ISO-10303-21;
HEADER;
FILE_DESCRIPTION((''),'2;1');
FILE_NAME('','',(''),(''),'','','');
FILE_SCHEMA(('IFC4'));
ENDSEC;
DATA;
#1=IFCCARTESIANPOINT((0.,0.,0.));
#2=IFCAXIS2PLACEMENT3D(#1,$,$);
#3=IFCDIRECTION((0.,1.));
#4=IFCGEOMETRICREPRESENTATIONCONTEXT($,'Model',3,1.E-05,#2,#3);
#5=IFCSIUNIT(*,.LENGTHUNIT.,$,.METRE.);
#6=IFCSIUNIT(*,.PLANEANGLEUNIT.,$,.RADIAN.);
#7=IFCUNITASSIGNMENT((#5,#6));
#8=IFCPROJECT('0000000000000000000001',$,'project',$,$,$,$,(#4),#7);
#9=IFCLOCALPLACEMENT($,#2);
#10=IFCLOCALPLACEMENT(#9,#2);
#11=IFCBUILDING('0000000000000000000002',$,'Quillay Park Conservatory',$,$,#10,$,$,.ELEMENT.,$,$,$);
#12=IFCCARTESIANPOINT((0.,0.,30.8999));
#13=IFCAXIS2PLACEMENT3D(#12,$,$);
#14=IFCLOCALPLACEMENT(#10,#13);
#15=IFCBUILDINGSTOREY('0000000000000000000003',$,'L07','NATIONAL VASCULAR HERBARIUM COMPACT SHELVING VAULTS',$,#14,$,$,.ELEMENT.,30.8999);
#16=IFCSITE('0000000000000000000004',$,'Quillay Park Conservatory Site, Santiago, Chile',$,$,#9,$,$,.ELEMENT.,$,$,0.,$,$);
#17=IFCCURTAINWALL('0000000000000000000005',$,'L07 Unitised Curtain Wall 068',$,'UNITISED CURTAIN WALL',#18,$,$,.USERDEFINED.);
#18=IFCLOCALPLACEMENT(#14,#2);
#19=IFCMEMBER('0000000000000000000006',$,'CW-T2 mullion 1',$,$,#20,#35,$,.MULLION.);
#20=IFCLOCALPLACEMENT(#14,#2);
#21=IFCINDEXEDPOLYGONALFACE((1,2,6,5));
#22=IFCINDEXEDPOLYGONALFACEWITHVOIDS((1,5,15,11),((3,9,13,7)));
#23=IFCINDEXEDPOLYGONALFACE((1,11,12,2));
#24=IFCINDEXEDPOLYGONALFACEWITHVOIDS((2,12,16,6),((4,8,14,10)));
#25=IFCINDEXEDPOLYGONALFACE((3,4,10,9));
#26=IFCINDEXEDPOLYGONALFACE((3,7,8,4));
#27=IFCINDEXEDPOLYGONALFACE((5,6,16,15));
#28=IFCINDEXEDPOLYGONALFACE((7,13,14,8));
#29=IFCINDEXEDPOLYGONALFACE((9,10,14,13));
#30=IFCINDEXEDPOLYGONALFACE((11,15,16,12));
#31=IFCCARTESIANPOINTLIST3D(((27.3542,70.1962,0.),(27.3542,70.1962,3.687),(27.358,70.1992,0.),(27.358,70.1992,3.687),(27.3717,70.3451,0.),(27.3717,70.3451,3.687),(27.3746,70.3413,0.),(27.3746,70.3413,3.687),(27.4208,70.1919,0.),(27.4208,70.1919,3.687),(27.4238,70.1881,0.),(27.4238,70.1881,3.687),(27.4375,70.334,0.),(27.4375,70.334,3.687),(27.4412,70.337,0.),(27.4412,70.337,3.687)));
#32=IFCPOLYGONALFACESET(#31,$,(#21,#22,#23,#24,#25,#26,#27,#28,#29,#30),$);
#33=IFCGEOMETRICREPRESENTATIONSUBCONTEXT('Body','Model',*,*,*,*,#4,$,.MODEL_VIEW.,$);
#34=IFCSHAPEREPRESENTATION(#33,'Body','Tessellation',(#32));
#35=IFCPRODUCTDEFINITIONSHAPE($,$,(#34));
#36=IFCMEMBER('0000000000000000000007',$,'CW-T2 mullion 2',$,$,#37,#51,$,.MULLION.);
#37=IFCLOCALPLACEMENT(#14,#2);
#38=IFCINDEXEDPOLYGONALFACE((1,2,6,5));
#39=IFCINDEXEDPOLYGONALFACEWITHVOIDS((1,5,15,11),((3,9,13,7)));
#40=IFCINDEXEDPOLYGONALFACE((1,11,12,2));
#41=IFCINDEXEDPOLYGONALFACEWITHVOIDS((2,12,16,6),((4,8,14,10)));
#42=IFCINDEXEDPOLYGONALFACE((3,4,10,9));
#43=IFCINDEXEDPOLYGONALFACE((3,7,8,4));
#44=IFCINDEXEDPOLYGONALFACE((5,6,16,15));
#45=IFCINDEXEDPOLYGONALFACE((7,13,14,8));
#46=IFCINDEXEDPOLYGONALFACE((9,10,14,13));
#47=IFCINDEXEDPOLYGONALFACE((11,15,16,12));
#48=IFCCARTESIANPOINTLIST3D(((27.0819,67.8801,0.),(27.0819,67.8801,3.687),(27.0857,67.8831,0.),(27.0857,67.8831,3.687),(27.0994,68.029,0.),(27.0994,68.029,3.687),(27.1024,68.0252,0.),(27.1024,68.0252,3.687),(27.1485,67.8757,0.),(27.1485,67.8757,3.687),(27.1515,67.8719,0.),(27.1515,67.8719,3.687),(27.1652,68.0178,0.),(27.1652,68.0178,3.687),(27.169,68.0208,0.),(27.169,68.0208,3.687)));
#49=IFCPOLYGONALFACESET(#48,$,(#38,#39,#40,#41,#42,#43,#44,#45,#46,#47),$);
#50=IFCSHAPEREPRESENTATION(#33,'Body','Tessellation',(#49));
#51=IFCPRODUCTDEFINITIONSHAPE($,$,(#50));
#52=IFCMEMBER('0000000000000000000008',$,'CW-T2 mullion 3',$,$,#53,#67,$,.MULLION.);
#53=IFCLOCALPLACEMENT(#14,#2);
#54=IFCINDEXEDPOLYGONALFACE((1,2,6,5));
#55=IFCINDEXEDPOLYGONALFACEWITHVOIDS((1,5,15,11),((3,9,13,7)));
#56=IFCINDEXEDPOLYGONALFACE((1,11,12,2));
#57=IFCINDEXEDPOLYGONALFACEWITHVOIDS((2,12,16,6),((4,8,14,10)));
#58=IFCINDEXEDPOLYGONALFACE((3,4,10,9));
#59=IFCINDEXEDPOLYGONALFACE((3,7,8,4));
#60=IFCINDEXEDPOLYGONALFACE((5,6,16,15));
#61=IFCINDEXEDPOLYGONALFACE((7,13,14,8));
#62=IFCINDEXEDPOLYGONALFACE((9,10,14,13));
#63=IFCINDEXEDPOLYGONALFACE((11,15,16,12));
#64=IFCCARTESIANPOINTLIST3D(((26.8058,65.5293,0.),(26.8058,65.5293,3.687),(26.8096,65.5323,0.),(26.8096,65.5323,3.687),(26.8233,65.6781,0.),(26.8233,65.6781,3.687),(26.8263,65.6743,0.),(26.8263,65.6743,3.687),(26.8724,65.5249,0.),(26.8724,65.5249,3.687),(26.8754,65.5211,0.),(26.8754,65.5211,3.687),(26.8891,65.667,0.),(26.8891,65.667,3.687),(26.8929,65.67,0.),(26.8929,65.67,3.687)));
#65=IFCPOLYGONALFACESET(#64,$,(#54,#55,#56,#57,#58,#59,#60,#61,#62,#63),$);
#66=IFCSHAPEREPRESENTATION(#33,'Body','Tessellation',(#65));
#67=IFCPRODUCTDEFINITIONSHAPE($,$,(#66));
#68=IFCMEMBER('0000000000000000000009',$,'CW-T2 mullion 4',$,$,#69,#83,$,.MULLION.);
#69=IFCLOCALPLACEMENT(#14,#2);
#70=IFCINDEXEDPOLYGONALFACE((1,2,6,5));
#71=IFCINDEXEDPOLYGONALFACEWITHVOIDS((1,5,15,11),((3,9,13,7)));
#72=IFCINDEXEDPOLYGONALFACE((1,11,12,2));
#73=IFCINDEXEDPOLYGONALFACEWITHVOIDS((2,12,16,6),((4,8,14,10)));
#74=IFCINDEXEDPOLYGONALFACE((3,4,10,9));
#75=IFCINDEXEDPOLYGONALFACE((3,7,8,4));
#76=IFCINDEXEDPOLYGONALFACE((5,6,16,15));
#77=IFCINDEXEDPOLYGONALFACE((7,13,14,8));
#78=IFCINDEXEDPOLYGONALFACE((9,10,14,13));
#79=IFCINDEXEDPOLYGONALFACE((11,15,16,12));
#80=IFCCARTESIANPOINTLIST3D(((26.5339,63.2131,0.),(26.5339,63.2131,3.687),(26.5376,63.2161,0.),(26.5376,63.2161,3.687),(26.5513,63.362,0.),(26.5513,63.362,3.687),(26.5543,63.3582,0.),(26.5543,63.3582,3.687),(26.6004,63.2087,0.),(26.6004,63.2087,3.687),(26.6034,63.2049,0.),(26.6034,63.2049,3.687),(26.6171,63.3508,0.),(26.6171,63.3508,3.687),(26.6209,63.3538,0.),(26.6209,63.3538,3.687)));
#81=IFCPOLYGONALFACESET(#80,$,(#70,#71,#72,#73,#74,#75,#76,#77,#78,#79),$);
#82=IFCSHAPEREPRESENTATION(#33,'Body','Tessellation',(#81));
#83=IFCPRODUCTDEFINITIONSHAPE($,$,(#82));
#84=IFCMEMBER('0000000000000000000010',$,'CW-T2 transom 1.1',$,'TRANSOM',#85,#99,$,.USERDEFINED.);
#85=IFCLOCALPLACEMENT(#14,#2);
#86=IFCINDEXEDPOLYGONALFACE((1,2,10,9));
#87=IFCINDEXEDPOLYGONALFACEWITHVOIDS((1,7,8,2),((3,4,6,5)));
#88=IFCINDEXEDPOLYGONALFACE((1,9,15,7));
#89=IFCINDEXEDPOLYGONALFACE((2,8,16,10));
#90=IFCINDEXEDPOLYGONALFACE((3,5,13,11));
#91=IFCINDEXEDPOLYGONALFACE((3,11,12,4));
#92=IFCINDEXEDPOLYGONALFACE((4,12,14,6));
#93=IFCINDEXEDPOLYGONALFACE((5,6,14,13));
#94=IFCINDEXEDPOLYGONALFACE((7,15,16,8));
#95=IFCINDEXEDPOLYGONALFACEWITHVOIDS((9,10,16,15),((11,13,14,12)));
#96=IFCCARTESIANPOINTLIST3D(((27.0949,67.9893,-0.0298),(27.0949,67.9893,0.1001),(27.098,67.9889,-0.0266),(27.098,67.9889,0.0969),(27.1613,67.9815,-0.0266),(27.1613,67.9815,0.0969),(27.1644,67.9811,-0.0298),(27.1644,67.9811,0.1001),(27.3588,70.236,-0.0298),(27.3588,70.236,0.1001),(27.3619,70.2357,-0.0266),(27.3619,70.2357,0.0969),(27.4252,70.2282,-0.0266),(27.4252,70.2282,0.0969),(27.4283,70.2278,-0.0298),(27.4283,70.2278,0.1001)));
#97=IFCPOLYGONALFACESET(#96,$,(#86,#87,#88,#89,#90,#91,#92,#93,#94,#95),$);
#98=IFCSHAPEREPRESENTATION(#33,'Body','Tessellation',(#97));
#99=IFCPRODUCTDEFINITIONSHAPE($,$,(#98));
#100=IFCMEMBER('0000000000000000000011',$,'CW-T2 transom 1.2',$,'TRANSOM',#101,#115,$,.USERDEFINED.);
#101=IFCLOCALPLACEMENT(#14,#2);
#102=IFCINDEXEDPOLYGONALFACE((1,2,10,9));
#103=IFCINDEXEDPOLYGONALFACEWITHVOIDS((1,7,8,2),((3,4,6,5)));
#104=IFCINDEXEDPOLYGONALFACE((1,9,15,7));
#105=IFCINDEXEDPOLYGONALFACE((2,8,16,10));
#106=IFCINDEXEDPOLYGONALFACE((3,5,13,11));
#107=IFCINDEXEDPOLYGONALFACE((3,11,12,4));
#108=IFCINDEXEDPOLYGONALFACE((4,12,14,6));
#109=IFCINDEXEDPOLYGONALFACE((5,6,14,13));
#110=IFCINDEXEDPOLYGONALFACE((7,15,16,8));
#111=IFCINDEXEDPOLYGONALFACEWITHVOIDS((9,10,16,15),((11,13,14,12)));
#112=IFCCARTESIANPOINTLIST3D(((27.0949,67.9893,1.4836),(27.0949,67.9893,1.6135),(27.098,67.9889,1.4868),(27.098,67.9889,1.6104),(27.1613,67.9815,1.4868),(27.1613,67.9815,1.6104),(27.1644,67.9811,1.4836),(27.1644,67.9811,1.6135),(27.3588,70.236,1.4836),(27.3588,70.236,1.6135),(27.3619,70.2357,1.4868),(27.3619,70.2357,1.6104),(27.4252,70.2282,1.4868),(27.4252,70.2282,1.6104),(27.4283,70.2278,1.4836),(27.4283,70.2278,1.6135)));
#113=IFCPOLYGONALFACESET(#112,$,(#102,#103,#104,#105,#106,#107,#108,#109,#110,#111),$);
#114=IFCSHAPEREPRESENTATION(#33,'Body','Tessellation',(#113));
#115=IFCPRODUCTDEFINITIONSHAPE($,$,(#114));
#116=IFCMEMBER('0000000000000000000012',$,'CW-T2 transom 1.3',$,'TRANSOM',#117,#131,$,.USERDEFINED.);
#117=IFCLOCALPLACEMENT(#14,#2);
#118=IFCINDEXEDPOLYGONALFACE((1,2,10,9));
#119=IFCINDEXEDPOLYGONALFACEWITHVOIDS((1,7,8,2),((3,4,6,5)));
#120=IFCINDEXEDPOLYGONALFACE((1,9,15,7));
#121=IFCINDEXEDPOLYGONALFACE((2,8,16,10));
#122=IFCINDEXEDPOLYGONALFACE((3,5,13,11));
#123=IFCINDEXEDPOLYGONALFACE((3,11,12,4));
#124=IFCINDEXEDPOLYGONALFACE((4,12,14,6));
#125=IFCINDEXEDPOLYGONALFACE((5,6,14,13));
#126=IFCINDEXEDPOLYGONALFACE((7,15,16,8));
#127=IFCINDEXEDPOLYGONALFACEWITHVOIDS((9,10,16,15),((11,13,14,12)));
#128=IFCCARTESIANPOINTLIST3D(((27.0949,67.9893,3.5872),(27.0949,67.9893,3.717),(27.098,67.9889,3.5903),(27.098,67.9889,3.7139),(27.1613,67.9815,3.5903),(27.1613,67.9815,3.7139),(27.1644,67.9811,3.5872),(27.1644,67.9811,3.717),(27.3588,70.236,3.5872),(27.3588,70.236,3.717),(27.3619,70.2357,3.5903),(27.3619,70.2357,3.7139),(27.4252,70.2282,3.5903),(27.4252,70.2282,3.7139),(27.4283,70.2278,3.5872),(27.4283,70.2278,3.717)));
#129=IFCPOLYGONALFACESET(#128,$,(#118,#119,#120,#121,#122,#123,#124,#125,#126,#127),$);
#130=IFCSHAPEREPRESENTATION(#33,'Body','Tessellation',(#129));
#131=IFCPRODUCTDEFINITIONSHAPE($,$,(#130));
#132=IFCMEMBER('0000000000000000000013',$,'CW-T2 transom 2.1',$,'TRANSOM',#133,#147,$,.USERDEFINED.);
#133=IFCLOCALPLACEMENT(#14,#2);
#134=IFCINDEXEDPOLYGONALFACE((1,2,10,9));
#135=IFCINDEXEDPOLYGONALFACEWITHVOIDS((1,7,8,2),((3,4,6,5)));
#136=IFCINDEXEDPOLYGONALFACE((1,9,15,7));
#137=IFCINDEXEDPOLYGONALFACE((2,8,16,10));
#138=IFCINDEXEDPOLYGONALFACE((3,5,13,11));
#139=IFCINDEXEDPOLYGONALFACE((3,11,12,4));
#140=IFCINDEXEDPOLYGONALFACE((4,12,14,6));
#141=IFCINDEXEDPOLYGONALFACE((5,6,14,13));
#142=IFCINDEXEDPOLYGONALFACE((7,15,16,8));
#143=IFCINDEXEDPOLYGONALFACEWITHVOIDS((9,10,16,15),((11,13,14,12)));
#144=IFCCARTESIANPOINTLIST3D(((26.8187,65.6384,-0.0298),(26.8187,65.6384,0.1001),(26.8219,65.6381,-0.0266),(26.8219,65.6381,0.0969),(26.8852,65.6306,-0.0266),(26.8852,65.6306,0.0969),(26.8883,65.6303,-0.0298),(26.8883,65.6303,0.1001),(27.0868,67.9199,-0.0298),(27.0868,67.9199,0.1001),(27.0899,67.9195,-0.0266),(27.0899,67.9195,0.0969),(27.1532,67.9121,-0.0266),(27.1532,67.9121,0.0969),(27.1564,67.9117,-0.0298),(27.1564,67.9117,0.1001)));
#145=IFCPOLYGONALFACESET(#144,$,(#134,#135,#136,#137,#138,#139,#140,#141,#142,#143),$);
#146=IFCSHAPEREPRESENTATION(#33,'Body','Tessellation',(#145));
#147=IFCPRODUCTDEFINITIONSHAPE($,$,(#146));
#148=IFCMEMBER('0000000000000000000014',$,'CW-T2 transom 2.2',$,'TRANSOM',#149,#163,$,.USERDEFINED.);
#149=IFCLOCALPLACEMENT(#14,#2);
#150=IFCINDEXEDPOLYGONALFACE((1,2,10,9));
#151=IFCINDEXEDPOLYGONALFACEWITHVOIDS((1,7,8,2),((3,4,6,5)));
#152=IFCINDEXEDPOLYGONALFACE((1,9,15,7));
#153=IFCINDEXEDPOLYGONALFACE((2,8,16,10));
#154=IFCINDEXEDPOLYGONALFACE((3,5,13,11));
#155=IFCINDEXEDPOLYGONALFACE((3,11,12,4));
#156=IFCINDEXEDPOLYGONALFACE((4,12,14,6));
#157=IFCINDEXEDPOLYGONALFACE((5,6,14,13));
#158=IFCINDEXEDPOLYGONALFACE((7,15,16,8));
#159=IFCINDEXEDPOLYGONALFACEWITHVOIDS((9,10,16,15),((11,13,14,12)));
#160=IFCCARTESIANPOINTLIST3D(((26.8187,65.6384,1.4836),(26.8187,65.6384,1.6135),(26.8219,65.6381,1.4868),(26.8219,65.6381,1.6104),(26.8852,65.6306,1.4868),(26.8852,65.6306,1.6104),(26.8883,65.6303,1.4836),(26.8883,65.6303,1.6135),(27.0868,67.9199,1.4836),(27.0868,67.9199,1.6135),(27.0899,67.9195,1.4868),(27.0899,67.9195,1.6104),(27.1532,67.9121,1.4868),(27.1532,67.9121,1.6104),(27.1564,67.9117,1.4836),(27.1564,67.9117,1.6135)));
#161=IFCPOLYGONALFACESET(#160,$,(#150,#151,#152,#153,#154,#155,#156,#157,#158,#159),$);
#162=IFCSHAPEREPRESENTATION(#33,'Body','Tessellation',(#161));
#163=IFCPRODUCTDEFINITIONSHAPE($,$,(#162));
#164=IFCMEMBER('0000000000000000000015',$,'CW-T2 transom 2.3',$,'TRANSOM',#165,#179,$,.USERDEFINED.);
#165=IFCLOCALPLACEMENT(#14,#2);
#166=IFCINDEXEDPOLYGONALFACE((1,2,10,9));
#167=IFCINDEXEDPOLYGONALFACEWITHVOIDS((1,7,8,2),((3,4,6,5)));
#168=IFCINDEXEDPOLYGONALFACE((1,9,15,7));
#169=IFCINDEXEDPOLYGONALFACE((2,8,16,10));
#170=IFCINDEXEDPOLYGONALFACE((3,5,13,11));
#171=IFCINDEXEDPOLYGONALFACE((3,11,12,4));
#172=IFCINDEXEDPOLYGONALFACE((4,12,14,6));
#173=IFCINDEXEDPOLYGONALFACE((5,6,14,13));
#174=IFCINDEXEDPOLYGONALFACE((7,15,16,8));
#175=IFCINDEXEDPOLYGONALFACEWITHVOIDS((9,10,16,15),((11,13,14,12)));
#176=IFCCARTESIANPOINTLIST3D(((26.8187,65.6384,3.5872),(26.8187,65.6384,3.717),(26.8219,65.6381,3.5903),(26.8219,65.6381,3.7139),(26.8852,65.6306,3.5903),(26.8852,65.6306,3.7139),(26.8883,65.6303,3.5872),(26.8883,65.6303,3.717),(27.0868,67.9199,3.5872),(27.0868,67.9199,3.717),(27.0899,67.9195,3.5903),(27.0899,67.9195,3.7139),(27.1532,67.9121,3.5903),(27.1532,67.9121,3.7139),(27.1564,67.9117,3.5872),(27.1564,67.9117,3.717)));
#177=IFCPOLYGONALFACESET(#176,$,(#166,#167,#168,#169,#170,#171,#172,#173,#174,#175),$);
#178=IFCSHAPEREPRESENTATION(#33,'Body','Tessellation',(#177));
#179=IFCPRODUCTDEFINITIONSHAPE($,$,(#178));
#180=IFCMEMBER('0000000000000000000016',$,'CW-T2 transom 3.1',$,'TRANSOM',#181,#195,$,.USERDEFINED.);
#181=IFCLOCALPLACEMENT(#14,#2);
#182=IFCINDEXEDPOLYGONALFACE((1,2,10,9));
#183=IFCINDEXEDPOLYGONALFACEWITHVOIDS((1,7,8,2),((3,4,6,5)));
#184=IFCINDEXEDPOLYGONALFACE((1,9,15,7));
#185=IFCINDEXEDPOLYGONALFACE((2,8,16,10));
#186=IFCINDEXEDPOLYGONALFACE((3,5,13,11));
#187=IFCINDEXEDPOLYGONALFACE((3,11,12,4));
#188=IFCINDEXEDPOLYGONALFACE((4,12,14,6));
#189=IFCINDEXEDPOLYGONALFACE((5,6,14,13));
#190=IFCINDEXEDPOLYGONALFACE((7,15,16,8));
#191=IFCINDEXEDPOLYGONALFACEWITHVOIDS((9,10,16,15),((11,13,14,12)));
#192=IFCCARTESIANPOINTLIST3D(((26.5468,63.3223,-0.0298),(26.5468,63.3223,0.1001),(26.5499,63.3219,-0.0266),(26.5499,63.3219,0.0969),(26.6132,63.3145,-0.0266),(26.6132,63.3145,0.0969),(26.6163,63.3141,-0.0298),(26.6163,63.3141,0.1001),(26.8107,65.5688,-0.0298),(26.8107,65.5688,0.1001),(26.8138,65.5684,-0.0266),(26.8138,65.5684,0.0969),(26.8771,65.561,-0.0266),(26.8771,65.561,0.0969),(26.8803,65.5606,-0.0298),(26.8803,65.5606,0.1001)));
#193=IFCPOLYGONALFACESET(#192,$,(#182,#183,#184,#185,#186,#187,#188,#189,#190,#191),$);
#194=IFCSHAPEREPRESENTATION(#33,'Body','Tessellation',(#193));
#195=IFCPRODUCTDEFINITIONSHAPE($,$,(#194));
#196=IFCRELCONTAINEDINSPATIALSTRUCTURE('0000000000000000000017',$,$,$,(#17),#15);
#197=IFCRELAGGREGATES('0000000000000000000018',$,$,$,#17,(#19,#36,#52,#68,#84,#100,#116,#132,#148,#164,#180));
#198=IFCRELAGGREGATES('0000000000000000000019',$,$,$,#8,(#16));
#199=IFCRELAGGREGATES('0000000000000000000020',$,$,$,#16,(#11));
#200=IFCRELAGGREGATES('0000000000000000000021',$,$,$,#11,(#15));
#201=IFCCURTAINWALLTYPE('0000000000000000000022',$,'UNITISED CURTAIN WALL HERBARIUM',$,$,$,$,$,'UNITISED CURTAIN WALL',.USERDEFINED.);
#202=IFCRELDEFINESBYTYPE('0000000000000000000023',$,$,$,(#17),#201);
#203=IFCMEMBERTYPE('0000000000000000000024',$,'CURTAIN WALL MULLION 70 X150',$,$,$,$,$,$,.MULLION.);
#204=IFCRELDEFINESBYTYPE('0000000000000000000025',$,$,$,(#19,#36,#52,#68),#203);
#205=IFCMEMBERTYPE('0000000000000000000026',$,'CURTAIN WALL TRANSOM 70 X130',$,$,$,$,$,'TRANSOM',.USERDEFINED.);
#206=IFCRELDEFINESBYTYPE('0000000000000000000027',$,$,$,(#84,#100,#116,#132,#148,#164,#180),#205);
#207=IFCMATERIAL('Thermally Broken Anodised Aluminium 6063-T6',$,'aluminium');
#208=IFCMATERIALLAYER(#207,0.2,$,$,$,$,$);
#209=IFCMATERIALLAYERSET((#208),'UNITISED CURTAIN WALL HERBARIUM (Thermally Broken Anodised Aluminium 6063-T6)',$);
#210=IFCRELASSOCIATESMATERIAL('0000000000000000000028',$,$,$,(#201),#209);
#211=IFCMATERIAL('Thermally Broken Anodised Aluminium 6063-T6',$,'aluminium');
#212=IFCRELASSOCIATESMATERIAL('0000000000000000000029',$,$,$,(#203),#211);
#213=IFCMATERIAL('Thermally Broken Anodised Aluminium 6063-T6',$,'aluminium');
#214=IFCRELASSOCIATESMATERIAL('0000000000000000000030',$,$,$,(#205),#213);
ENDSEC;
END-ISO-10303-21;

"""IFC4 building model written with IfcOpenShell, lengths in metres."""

from ifc_helpers import new_model, si_unit, direction, frame, origin, origin_2d, place, context, subcontext, project, spatial, hollow_rectangle, extrude, material, layer, layer_set, material_profile, profile_set, type_object, element, aggregate, save


model = new_model("IFC4")

# Units and contexts
model_context = context("Model", 3, precision=1e-05, world=origin(), true_north=direction((0.0, 1.0)))
body_context = subcontext(model_context, "Body", "Model", "MODEL_VIEW")
ifc_project = project(units=[si_unit("LENGTHUNIT", "METRE"), si_unit("PLANEANGLEUNIT", "RADIAN")], contexts=[model_context])

# Site, building, storey
site_placement = place(None, origin())
site = spatial("IfcSite", under=ifc_project, at=site_placement, Name="Quillay Park Conservatory Site, Santiago, Chile", CompositionType="ELEMENT", RefElevation=0.0)
building_placement = place(site_placement, origin())
building = spatial("IfcBuilding", under=site, at=building_placement, Name="Quillay Park Conservatory", CompositionType="ELEMENT")
storey_placement = place(building_placement, frame((0.0, 0.0, 30.8999)))
storey = spatial("IfcBuildingStorey", under=building, at=storey_placement, Name="L07", Description="NATIONAL VASCULAR HERBARIUM COMPACT SHELVING VAULTS", CompositionType="ELEMENT", Elevation=30.8999)

# Curtain wall, members
ifc_material_1 = material(Name="Thermally Broken Anodised Aluminium 6063-T6", Category="aluminium")
ifc_layer_1 = layer(ifc_material_1, 0.2)
ifc_layer_set_1 = layer_set([ifc_layer_1], Name="UNITISED CURTAIN WALL HERBARIUM (Thermally Broken Anodised Aluminium 6063-T6)")
curtain_wall_type = type_object("IfcCurtainWallType", Name="UNITISED CURTAIN WALL HERBARIUM", ElementType="UNITISED CURTAIN WALL", PredefinedType="USERDEFINED", material=ifc_layer_set_1)
curtain_wall_placement = place(storey_placement, origin())
curtain_wall = element("IfcCurtainWall", 1, at=curtain_wall_placement, inside=storey, type_object=curtain_wall_type, Name="L07 Unitised Curtain Wall 068", ObjectType="UNITISED CURTAIN WALL", PredefinedType="USERDEFINED")
ifc_material_2 = material(Name="Thermally Broken Anodised Aluminium 6063-T6", Category="aluminium")
ifc_material_profile_1 = material_profile(ifc_material_2, hollow_rectangle(XDim=0.0701, YDim=0.1499, WallThickness=0.0034, at=origin_2d()), Name="AL70x150x3.5")
ifc_profile_set_1 = profile_set([ifc_material_profile_1], Name="Thermally Broken Anodised Aluminium 6063-T6")
member_type_1 = type_object("IfcMemberType", Name="CURTAIN WALL MULLION 70 X150", PredefinedType="MULLION", material=ifc_profile_set_1)
member_1_placement = place(storey_placement, frame((27.3977, 70.2666, 0.0), z_axis=(0.0, 0.0, 1.0), x_axis=(0.993173, -0.116655, 0.0)))
member_1 = element("IfcMember", 2, at=member_1_placement, type_object=member_type_1, Name="CW-T2 mullion 1", PredefinedType="MULLION", context=body_context, shape_type="SweptSolid", body=[
    extrude(hollow_rectangle(XDim=0.0701, YDim=0.1499, WallThickness=0.0034, at=origin_2d()), origin(), (0.0, 0.0, 1.0), 3.687),
])
member_2_placement = place(storey_placement, frame((27.1255, 67.9504, 0.0), z_axis=(0.0, 0.0, 1.0), x_axis=(0.993173, -0.116655, 0.0)))
member_2 = element("IfcMember", 3, at=member_2_placement, type_object=member_type_1, Name="CW-T2 mullion 2", PredefinedType="MULLION", context=body_context, shape_type="SweptSolid", body=[
    extrude(hollow_rectangle(XDim=0.0701, YDim=0.1499, WallThickness=0.0034, at=origin_2d()), origin(), (0.0, 0.0, 1.0), 3.687),
])
member_3_placement = place(storey_placement, frame((26.8494, 65.5996, 0.0), z_axis=(0.0, 0.0, 1.0), x_axis=(0.993173, -0.116655, 0.0)))
member_3 = element("IfcMember", 4, at=member_3_placement, type_object=member_type_1, Name="CW-T2 mullion 3", PredefinedType="MULLION", context=body_context, shape_type="SweptSolid", body=[
    extrude(hollow_rectangle(XDim=0.0701, YDim=0.1499, WallThickness=0.0034, at=origin_2d()), origin(), (0.0, 0.0, 1.0), 3.687),
])
member_4_placement = place(storey_placement, frame((26.5774, 63.2834, 0.0), z_axis=(0.0, 0.0, 1.0), x_axis=(0.993173, -0.116655, 0.0)))
member_4 = element("IfcMember", 5, at=member_4_placement, type_object=member_type_1, Name="CW-T2 mullion 4", PredefinedType="MULLION", context=body_context, shape_type="SweptSolid", body=[
    extrude(hollow_rectangle(XDim=0.0701, YDim=0.1499, WallThickness=0.0034, at=origin_2d()), origin(), (0.0, 0.0, 1.0), 3.687),
])
ifc_material_3 = material(Name="Thermally Broken Anodised Aluminium 6063-T6", Category="aluminium")
ifc_material_profile_2 = material_profile(ifc_material_3, hollow_rectangle(XDim=0.0701, YDim=0.1299, WallThickness=0.0032, at=origin_2d()), Name="AL70x130x3.2")
ifc_profile_set_2 = profile_set([ifc_material_profile_2], Name="Thermally Broken Anodised Aluminium 6063-T6")
member_type_2 = type_object("IfcMemberType", Name="CURTAIN WALL TRANSOM 70 X130", ElementType="TRANSOM", PredefinedType="USERDEFINED", material=ifc_profile_set_2)
member_5_placement = place(storey_placement, frame((27.3936, 70.2319, 0.0352), z_axis=(-0.11666, -0.993172, 0.0), x_axis=(0.993172, -0.11666, 0.0)))
member_5 = element("IfcMember", 6, at=member_5_placement, type_object=member_type_2, Name="CW-T2 transom 1.1", ObjectType="TRANSOM", PredefinedType="USERDEFINED", context=body_context, shape_type="SweptSolid", body=[
    extrude(hollow_rectangle(XDim=0.0701, YDim=0.1299, WallThickness=0.0032, at=origin_2d()), origin(), (0.0, 0.0, 1.0), 2.2622),
])
member_6_placement = place(storey_placement, frame((27.3936, 70.2319, 1.5486), z_axis=(-0.11666, -0.993172, 0.0), x_axis=(0.993172, -0.11666, 0.0)))
member_6 = element("IfcMember", 7, at=member_6_placement, type_object=member_type_2, Name="CW-T2 transom 1.2", ObjectType="TRANSOM", PredefinedType="USERDEFINED", context=body_context, shape_type="SweptSolid", body=[
    extrude(hollow_rectangle(XDim=0.0701, YDim=0.1299, WallThickness=0.0032, at=origin_2d()), origin(), (0.0, 0.0, 1.0), 2.2622),
])
member_7_placement = place(storey_placement, frame((27.3936, 70.2319, 3.6521), z_axis=(-0.11666, -0.993172, 0.0), x_axis=(0.993172, -0.11666, 0.0)))
member_7 = element("IfcMember", 8, at=member_7_placement, type_object=member_type_2, Name="CW-T2 transom 1.3", ObjectType="TRANSOM", PredefinedType="USERDEFINED", context=body_context, shape_type="SweptSolid", body=[
    extrude(hollow_rectangle(XDim=0.0701, YDim=0.1299, WallThickness=0.0032, at=origin_2d()), origin(), (0.0, 0.0, 1.0), 2.2622),
])
member_8_placement = place(storey_placement, frame((27.1216, 67.9158, 0.0352), z_axis=(-0.116693, -0.993168, 0.0), x_axis=(0.993168, -0.116693, 0.0)))
member_8 = element("IfcMember", 9, at=member_8_placement, type_object=member_type_2, Name="CW-T2 transom 2.1", ObjectType="TRANSOM", PredefinedType="USERDEFINED", context=body_context, shape_type="SweptSolid", body=[
    extrude(hollow_rectangle(XDim=0.0701, YDim=0.1299, WallThickness=0.0032, at=origin_2d()), origin(), (0.0, 0.0, 1.0), 2.2971),
])
member_9_placement = place(storey_placement, frame((27.1216, 67.9158, 1.5486), z_axis=(-0.116693, -0.993168, 0.0), x_axis=(0.993168, -0.116693, 0.0)))
member_9 = element("IfcMember", 10, at=member_9_placement, type_object=member_type_2, Name="CW-T2 transom 2.2", ObjectType="TRANSOM", PredefinedType="USERDEFINED", context=body_context, shape_type="SweptSolid", body=[
    extrude(hollow_rectangle(XDim=0.0701, YDim=0.1299, WallThickness=0.0032, at=origin_2d()), origin(), (0.0, 0.0, 1.0), 2.2971),
])
member_10_placement = place(storey_placement, frame((27.1216, 67.9158, 3.6521), z_axis=(-0.116693, -0.993168, 0.0), x_axis=(0.993168, -0.116693, 0.0)))
member_10 = element("IfcMember", 11, at=member_10_placement, type_object=member_type_2, Name="CW-T2 transom 2.3", ObjectType="TRANSOM", PredefinedType="USERDEFINED", context=body_context, shape_type="SweptSolid", body=[
    extrude(hollow_rectangle(XDim=0.0701, YDim=0.1299, WallThickness=0.0032, at=origin_2d()), origin(), (0.0, 0.0, 1.0), 2.2971),
])
member_11_placement = place(storey_placement, frame((26.8455, 65.5647, 0.0352), z_axis=(-0.116672, -0.99317, 0.0), x_axis=(0.99317, -0.116672, 0.0)))
member_11 = element("IfcMember", 12, at=member_11_placement, type_object=member_type_2, Name="CW-T2 transom 3.1", ObjectType="TRANSOM", PredefinedType="USERDEFINED", context=body_context, shape_type="SweptSolid", body=[
    extrude(hollow_rectangle(XDim=0.0701, YDim=0.1299, WallThickness=0.0032, at=origin_2d()), origin(), (0.0, 0.0, 1.0), 2.262),
])

aggregate(curtain_wall, [member_1, member_2, member_3, member_4, member_5, member_6, member_7, member_8, member_9, member_10, member_11])

save(model, "model.ifc")
